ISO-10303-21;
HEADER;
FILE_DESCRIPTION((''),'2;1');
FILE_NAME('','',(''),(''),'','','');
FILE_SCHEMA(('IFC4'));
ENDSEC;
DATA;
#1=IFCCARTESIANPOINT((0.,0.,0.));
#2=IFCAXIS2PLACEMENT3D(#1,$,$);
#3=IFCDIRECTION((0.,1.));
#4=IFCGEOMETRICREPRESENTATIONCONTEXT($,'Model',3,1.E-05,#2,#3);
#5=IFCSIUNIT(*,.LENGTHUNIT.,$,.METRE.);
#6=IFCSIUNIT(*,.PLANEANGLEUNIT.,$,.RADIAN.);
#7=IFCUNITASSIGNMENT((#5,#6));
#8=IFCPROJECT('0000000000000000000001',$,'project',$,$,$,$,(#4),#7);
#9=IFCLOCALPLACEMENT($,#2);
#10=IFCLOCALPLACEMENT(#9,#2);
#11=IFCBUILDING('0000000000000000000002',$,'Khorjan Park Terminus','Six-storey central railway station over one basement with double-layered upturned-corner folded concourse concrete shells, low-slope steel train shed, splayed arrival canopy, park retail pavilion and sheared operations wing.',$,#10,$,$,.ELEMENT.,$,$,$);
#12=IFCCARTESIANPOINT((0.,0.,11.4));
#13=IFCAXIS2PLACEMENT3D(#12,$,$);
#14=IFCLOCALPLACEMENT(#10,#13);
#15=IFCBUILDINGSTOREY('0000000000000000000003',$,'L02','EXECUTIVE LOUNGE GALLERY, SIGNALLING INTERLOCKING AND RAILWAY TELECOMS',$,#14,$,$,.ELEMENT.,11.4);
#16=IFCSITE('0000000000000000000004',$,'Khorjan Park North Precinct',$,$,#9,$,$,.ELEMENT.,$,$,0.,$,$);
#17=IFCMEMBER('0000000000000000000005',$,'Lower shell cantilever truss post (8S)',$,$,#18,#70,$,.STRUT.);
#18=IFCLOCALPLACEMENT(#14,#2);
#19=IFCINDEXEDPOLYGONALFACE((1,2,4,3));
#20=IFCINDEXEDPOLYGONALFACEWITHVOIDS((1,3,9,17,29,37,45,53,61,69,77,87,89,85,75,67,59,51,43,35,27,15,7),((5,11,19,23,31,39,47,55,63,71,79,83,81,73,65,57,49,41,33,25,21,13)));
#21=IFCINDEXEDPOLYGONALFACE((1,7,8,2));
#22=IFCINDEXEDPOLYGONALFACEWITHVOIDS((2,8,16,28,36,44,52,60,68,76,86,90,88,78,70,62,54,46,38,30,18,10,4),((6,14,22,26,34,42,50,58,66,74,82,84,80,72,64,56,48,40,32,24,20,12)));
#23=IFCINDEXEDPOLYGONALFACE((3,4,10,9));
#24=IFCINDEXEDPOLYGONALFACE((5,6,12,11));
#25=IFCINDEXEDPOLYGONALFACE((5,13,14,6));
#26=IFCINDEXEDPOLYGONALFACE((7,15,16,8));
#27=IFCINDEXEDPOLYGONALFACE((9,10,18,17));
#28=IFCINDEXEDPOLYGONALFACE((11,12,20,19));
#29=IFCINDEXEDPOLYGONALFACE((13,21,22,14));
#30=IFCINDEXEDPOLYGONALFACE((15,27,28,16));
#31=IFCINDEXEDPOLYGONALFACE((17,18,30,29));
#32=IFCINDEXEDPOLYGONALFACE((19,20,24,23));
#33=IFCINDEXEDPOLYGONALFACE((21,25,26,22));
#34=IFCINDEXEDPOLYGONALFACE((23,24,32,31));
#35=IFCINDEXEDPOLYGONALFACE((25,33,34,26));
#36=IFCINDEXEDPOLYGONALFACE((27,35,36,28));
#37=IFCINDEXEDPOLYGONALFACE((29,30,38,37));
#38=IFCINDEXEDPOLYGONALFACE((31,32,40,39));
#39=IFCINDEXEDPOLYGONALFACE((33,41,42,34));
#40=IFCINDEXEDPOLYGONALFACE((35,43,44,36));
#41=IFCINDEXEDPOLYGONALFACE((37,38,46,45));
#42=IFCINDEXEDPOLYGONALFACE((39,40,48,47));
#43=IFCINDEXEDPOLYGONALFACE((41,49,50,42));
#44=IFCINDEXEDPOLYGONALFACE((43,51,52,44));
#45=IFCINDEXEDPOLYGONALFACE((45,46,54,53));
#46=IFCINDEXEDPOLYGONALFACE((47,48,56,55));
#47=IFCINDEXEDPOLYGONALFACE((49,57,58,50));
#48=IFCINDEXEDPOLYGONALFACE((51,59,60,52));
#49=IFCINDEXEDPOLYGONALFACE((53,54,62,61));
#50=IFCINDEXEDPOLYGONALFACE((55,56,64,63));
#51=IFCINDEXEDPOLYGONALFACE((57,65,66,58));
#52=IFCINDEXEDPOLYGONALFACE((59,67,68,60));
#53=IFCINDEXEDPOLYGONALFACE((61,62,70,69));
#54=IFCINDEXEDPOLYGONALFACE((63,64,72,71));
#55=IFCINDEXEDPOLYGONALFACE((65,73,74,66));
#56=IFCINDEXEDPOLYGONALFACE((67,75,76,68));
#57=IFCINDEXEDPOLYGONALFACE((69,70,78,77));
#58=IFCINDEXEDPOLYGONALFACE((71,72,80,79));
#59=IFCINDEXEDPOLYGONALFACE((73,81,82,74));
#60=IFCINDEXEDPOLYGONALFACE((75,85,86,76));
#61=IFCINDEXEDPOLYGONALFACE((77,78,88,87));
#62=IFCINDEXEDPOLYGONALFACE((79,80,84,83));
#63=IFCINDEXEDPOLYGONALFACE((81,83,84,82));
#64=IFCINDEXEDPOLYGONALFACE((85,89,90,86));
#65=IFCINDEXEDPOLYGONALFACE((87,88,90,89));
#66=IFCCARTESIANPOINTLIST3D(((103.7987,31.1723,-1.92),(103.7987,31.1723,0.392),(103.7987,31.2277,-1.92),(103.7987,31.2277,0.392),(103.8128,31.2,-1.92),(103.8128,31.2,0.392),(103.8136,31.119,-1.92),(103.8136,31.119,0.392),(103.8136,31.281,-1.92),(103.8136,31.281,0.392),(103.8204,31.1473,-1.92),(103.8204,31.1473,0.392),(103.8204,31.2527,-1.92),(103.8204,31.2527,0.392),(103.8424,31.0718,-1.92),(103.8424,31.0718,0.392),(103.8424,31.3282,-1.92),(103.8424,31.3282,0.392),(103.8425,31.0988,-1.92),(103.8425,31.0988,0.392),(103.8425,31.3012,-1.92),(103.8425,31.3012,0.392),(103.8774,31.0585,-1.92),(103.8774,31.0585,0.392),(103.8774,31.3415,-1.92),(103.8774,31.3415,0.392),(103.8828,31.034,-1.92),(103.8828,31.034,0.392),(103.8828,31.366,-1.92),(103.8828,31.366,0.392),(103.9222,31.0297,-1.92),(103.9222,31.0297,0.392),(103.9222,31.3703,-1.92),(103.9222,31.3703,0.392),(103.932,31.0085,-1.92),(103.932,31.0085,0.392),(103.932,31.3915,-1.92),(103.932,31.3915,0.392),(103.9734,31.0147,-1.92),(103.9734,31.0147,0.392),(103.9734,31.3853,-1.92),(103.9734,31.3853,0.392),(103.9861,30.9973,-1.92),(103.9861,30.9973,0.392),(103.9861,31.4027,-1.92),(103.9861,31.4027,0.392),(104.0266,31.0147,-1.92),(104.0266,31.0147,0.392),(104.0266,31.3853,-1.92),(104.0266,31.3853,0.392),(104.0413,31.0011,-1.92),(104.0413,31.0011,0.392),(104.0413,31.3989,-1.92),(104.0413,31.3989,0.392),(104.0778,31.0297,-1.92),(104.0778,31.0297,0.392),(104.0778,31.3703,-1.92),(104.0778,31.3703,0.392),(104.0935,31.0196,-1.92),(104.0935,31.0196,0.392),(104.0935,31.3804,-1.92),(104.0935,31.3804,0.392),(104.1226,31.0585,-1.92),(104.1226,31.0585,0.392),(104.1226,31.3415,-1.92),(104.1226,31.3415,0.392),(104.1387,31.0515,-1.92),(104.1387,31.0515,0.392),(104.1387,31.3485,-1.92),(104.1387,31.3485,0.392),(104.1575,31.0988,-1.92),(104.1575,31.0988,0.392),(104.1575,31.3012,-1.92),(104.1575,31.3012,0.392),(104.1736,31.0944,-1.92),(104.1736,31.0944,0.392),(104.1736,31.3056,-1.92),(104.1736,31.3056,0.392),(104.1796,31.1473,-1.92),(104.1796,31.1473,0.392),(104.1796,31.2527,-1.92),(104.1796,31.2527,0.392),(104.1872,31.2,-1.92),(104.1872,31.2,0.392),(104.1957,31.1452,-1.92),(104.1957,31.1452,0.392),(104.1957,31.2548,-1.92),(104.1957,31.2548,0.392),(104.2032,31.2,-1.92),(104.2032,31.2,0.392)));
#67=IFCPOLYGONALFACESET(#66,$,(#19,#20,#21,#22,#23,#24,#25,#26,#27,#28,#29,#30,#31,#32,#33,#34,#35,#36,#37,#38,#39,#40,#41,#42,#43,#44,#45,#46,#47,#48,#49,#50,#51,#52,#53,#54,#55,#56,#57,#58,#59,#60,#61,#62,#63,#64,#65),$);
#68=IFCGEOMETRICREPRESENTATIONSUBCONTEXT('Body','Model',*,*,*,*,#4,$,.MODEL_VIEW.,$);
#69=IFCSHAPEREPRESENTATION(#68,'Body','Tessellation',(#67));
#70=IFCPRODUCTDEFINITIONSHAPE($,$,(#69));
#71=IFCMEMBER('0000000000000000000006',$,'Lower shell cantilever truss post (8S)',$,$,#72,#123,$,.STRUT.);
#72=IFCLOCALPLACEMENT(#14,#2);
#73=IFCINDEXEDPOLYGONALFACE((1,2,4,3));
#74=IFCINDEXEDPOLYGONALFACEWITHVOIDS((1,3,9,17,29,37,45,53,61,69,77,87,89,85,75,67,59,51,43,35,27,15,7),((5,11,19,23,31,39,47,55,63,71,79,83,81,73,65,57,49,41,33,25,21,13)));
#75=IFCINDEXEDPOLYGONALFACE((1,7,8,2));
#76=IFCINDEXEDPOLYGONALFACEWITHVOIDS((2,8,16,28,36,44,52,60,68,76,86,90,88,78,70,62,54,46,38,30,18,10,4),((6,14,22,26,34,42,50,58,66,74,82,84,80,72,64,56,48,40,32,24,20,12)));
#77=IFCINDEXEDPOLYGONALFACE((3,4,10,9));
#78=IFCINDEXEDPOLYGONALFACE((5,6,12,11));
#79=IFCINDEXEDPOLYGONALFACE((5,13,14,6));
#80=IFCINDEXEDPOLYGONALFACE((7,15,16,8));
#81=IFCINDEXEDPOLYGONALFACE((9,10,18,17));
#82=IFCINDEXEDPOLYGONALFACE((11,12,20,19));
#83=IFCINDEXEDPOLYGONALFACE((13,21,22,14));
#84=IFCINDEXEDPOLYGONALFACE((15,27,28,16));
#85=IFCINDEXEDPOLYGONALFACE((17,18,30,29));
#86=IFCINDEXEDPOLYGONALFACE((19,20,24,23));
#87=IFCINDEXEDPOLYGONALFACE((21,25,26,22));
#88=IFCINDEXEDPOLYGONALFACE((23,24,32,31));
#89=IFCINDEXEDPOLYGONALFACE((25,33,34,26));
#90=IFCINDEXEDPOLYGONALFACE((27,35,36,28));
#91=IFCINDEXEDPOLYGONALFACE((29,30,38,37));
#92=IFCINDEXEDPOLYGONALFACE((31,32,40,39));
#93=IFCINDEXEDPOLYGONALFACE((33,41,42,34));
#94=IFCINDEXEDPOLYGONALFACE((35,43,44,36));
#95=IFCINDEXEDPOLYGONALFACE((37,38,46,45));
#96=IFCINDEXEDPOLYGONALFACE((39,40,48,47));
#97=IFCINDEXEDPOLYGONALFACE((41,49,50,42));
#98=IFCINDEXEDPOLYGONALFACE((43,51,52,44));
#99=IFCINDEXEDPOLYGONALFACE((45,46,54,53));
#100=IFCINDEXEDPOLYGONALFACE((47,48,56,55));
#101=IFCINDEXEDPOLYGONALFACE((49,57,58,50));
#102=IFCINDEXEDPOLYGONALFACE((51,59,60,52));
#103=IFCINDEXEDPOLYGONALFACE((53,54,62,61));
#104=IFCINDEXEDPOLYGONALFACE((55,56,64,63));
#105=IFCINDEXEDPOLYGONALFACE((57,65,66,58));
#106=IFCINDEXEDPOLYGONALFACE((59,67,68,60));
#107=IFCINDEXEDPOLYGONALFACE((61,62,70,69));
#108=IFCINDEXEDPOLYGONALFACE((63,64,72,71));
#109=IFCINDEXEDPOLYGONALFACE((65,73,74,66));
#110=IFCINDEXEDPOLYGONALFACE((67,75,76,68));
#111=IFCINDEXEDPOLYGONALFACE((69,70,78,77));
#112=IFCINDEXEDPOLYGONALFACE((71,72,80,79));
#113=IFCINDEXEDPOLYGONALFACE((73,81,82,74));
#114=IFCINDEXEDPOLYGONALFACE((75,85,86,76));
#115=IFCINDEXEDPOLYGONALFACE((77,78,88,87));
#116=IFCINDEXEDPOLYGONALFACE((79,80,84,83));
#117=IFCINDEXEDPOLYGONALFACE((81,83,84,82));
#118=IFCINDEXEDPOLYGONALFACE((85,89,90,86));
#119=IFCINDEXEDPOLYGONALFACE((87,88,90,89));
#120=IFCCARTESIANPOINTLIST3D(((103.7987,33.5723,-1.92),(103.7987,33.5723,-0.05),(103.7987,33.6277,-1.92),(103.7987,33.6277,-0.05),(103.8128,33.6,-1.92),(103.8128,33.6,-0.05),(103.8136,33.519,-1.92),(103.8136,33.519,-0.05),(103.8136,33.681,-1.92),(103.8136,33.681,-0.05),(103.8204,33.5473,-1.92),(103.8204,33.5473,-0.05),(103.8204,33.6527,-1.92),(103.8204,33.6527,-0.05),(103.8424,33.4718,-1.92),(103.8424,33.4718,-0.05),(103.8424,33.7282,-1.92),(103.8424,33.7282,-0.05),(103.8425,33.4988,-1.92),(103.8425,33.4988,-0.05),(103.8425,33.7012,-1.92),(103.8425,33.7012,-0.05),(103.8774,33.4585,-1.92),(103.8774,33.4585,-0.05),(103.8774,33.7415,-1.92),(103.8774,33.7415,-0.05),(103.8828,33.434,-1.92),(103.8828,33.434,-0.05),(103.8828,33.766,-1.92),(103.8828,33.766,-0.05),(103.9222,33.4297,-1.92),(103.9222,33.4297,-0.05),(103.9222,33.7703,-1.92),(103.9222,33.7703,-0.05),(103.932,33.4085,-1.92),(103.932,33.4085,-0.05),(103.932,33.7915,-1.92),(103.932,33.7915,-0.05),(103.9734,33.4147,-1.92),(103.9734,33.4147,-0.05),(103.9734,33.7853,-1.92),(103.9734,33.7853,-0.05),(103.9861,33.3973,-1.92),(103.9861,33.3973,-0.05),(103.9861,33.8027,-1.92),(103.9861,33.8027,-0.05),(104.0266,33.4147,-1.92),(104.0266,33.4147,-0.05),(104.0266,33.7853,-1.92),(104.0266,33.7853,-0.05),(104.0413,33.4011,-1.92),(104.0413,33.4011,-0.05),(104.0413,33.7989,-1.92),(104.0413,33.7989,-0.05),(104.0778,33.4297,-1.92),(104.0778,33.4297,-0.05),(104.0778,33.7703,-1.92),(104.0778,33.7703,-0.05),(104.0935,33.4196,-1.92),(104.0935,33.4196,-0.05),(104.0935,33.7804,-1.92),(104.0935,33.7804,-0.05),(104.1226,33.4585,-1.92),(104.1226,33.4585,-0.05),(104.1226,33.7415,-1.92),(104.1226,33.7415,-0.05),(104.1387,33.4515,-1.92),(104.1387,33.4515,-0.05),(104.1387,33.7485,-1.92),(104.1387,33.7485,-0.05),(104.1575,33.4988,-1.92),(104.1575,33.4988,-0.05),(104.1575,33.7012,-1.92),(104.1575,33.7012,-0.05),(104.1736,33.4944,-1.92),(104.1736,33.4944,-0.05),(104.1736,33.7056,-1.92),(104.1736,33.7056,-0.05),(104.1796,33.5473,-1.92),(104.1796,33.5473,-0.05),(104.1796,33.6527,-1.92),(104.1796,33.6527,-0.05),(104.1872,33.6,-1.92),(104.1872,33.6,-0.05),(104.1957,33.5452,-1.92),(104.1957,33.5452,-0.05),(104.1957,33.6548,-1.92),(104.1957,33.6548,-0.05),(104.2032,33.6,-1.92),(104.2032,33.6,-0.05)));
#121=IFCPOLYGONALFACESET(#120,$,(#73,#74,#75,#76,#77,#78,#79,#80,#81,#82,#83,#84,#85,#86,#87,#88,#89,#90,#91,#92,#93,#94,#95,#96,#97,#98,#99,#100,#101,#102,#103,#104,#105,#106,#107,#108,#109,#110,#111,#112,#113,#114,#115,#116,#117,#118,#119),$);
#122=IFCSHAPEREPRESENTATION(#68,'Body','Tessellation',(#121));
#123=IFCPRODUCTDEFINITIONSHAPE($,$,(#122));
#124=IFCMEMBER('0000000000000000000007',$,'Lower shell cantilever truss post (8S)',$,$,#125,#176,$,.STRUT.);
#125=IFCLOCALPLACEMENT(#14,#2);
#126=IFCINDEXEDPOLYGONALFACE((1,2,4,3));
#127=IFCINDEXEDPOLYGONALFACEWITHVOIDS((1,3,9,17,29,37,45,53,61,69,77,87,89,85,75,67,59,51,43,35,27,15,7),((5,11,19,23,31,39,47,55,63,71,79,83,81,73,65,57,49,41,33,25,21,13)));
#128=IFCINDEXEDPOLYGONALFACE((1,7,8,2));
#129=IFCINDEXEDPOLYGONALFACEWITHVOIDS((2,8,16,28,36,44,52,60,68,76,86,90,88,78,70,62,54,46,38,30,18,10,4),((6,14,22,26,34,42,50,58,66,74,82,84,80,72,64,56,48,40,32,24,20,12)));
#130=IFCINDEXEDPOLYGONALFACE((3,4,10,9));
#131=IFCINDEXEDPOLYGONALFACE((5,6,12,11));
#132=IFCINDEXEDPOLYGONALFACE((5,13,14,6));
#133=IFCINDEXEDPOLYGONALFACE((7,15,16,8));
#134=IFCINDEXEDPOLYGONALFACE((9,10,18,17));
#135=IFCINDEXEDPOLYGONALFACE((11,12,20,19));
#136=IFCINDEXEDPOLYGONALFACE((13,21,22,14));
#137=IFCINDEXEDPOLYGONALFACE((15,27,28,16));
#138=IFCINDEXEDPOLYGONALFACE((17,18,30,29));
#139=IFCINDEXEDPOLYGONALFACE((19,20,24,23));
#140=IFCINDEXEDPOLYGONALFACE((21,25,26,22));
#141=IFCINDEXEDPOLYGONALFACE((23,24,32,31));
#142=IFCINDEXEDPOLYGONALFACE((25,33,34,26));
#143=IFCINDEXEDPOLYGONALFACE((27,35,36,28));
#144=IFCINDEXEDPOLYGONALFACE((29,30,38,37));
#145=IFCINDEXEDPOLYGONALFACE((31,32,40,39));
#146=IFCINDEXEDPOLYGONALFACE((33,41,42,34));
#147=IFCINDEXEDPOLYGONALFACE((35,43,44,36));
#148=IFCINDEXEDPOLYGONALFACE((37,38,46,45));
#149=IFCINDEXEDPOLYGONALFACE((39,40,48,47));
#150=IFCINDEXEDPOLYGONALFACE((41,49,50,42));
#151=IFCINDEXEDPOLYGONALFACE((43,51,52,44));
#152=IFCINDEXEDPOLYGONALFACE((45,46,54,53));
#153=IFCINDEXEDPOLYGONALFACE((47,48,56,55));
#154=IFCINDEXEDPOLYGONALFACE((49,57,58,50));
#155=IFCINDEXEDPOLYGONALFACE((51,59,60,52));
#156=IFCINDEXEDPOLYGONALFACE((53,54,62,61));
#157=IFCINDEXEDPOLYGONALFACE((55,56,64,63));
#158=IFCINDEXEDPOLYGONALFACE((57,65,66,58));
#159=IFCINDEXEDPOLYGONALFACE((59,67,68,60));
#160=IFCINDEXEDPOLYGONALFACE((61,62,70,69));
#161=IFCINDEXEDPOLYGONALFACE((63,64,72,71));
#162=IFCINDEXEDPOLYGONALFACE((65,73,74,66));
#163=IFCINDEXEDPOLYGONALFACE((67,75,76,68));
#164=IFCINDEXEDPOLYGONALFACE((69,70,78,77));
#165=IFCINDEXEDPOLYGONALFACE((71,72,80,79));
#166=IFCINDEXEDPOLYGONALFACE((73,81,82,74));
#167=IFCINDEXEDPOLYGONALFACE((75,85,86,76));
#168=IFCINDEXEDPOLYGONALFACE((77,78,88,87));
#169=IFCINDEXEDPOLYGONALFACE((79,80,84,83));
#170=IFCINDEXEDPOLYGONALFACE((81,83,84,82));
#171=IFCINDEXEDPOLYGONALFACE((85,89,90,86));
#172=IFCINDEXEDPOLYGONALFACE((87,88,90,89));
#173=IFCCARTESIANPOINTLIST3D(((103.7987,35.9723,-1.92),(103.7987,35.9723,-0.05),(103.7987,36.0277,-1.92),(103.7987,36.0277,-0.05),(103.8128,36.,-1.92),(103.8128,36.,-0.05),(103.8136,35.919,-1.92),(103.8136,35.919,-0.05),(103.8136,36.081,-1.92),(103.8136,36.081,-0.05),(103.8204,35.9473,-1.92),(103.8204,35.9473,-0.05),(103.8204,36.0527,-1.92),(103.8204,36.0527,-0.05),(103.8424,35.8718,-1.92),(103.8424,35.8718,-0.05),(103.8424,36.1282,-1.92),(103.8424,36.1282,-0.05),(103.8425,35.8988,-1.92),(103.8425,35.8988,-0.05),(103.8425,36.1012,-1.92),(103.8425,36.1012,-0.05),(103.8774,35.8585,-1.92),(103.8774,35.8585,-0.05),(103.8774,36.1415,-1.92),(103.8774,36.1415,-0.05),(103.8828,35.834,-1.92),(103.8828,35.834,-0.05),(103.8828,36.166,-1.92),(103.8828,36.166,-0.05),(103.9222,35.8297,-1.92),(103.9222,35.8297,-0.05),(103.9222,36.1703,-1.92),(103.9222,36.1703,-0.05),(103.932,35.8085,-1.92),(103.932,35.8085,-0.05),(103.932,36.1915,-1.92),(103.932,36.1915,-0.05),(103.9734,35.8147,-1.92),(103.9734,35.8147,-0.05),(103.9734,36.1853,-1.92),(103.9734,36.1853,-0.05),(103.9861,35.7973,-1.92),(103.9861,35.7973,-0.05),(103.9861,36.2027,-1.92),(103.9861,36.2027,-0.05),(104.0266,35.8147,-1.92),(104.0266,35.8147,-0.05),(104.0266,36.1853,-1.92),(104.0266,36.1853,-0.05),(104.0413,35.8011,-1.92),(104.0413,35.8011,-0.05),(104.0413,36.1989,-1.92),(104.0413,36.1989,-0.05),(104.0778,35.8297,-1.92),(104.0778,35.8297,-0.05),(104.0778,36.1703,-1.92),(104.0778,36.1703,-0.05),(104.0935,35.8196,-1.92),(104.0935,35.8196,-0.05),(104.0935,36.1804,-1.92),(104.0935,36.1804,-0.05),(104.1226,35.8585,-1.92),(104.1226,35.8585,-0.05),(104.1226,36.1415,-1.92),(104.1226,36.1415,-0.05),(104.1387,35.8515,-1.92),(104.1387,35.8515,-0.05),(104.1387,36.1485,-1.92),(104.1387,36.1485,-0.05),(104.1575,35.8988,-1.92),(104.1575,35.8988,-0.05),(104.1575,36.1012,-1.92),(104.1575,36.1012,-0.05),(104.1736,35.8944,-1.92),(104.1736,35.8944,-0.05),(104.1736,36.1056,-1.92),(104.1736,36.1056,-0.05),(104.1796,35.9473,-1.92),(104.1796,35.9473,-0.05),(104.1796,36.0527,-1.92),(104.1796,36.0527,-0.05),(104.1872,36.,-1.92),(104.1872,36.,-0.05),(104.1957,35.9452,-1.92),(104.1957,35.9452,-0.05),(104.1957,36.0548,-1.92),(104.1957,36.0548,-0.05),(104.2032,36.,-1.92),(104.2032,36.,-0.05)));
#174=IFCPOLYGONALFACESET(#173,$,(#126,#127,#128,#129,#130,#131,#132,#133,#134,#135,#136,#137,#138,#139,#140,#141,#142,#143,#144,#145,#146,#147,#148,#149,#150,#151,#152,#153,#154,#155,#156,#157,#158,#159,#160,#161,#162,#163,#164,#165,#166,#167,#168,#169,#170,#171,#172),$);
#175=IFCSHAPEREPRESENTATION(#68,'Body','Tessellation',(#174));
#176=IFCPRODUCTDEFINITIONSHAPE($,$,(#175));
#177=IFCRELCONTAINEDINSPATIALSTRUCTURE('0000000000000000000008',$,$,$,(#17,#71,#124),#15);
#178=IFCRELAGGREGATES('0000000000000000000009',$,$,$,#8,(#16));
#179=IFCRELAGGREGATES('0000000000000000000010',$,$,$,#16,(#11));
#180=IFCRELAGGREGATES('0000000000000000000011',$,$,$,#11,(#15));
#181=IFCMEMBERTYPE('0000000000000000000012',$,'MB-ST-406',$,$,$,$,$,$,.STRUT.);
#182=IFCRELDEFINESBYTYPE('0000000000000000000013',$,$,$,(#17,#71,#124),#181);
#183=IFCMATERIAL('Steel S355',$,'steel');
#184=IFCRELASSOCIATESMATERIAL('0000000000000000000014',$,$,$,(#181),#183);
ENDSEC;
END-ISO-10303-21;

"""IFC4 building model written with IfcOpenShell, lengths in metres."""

from ifc_helpers import new_model, si_unit, direction, frame, origin, origin_2d, place, context, subcontext, project, spatial, hollow_circle, extrude, material, material_profile, profile_set, type_object, element, save


model = new_model("IFC4")

# Units and contexts
model_context = context("Model", 3, precision=1e-05, world=origin(), true_north=direction((0.0, 1.0)))
body_context = subcontext(model_context, "Body", "Model", "MODEL_VIEW")
ifc_project = project(units=[si_unit("LENGTHUNIT", "METRE"), si_unit("PLANEANGLEUNIT", "RADIAN")], contexts=[model_context])

# Site, building, storey
site_placement = place(None, origin())
site = spatial("IfcSite", under=ifc_project, at=site_placement, Name="Khorjan Park North Precinct", CompositionType="ELEMENT", RefElevation=0.0)
building_placement = place(site_placement, origin())
building = spatial("IfcBuilding", under=site, at=building_placement, Name="Khorjan Park Terminus", Description="Six-storey central railway station over one basement with double-layered upturned-corner folded concourse concrete shells, low-slope steel train shed, splayed arrival canopy, park retail pavilion and sheared operations wing.", CompositionType="ELEMENT")
storey_placement = place(building_placement, frame((0.0, 0.0, 11.4)))
storey = spatial("IfcBuildingStorey", under=building, at=storey_placement, Name="L02", Description="EXECUTIVE LOUNGE GALLERY, SIGNALLING INTERLOCKING AND RAILWAY TELECOMS", CompositionType="ELEMENT", Elevation=11.4)

# Members
ifc_material_1 = material(Name="Steel S355", Category="steel")
ifc_material_profile_1 = material_profile(ifc_material_1, hollow_circle(Radius=0.2032, WallThickness=0.016, at=origin_2d()), Name="CHS 406.4x16")
ifc_profile_set_1 = profile_set([ifc_material_profile_1], Name="Steel S355")
member_type_1 = type_object("IfcMemberType", Name="MB-ST-406", PredefinedType="STRUT", material=ifc_profile_set_1)
member_1_placement = place(storey_placement, frame((104.0, 31.2, -1.92), z_axis=(0.0, 0.0, 1.0), x_axis=(1.0, 0.0, 0.0)))
element("IfcMember", 1, at=member_1_placement, inside=storey, type_object=member_type_1, Name="Lower shell cantilever truss post (8S)", PredefinedType="STRUT", context=body_context, shape_type="SweptSolid", body=[
    extrude(hollow_circle(Radius=0.2032, WallThickness=0.016, at=origin_2d()), origin(), (0.0, 0.0, 1.0), 2.312),
])
for number, where, z_axis, x_axis, name in (
    (2, (104.0, 33.6, -1.92), (0.0, 0.0, 1.0), (1.0, 0.0, 0.0), "Lower shell cantilever truss post (8S)"),
    (3, (104.0, 36.0, -1.92), (0.0, 0.0, 1.0), (1.0, 0.0, 0.0), "Lower shell cantilever truss post (8S)"),
):
    element("IfcMember", number, at=place(storey_placement, frame(where, z_axis=z_axis, x_axis=x_axis)), inside=storey, type_object=member_type_1, Name=name, PredefinedType="STRUT", context=body_context, shape_type="SweptSolid", body=[
        extrude(hollow_circle(Radius=0.2032, WallThickness=0.016, at=origin_2d()), origin(), (0.0, 0.0, 1.0), 1.87),
    ])

save(model, "model.ifc")
